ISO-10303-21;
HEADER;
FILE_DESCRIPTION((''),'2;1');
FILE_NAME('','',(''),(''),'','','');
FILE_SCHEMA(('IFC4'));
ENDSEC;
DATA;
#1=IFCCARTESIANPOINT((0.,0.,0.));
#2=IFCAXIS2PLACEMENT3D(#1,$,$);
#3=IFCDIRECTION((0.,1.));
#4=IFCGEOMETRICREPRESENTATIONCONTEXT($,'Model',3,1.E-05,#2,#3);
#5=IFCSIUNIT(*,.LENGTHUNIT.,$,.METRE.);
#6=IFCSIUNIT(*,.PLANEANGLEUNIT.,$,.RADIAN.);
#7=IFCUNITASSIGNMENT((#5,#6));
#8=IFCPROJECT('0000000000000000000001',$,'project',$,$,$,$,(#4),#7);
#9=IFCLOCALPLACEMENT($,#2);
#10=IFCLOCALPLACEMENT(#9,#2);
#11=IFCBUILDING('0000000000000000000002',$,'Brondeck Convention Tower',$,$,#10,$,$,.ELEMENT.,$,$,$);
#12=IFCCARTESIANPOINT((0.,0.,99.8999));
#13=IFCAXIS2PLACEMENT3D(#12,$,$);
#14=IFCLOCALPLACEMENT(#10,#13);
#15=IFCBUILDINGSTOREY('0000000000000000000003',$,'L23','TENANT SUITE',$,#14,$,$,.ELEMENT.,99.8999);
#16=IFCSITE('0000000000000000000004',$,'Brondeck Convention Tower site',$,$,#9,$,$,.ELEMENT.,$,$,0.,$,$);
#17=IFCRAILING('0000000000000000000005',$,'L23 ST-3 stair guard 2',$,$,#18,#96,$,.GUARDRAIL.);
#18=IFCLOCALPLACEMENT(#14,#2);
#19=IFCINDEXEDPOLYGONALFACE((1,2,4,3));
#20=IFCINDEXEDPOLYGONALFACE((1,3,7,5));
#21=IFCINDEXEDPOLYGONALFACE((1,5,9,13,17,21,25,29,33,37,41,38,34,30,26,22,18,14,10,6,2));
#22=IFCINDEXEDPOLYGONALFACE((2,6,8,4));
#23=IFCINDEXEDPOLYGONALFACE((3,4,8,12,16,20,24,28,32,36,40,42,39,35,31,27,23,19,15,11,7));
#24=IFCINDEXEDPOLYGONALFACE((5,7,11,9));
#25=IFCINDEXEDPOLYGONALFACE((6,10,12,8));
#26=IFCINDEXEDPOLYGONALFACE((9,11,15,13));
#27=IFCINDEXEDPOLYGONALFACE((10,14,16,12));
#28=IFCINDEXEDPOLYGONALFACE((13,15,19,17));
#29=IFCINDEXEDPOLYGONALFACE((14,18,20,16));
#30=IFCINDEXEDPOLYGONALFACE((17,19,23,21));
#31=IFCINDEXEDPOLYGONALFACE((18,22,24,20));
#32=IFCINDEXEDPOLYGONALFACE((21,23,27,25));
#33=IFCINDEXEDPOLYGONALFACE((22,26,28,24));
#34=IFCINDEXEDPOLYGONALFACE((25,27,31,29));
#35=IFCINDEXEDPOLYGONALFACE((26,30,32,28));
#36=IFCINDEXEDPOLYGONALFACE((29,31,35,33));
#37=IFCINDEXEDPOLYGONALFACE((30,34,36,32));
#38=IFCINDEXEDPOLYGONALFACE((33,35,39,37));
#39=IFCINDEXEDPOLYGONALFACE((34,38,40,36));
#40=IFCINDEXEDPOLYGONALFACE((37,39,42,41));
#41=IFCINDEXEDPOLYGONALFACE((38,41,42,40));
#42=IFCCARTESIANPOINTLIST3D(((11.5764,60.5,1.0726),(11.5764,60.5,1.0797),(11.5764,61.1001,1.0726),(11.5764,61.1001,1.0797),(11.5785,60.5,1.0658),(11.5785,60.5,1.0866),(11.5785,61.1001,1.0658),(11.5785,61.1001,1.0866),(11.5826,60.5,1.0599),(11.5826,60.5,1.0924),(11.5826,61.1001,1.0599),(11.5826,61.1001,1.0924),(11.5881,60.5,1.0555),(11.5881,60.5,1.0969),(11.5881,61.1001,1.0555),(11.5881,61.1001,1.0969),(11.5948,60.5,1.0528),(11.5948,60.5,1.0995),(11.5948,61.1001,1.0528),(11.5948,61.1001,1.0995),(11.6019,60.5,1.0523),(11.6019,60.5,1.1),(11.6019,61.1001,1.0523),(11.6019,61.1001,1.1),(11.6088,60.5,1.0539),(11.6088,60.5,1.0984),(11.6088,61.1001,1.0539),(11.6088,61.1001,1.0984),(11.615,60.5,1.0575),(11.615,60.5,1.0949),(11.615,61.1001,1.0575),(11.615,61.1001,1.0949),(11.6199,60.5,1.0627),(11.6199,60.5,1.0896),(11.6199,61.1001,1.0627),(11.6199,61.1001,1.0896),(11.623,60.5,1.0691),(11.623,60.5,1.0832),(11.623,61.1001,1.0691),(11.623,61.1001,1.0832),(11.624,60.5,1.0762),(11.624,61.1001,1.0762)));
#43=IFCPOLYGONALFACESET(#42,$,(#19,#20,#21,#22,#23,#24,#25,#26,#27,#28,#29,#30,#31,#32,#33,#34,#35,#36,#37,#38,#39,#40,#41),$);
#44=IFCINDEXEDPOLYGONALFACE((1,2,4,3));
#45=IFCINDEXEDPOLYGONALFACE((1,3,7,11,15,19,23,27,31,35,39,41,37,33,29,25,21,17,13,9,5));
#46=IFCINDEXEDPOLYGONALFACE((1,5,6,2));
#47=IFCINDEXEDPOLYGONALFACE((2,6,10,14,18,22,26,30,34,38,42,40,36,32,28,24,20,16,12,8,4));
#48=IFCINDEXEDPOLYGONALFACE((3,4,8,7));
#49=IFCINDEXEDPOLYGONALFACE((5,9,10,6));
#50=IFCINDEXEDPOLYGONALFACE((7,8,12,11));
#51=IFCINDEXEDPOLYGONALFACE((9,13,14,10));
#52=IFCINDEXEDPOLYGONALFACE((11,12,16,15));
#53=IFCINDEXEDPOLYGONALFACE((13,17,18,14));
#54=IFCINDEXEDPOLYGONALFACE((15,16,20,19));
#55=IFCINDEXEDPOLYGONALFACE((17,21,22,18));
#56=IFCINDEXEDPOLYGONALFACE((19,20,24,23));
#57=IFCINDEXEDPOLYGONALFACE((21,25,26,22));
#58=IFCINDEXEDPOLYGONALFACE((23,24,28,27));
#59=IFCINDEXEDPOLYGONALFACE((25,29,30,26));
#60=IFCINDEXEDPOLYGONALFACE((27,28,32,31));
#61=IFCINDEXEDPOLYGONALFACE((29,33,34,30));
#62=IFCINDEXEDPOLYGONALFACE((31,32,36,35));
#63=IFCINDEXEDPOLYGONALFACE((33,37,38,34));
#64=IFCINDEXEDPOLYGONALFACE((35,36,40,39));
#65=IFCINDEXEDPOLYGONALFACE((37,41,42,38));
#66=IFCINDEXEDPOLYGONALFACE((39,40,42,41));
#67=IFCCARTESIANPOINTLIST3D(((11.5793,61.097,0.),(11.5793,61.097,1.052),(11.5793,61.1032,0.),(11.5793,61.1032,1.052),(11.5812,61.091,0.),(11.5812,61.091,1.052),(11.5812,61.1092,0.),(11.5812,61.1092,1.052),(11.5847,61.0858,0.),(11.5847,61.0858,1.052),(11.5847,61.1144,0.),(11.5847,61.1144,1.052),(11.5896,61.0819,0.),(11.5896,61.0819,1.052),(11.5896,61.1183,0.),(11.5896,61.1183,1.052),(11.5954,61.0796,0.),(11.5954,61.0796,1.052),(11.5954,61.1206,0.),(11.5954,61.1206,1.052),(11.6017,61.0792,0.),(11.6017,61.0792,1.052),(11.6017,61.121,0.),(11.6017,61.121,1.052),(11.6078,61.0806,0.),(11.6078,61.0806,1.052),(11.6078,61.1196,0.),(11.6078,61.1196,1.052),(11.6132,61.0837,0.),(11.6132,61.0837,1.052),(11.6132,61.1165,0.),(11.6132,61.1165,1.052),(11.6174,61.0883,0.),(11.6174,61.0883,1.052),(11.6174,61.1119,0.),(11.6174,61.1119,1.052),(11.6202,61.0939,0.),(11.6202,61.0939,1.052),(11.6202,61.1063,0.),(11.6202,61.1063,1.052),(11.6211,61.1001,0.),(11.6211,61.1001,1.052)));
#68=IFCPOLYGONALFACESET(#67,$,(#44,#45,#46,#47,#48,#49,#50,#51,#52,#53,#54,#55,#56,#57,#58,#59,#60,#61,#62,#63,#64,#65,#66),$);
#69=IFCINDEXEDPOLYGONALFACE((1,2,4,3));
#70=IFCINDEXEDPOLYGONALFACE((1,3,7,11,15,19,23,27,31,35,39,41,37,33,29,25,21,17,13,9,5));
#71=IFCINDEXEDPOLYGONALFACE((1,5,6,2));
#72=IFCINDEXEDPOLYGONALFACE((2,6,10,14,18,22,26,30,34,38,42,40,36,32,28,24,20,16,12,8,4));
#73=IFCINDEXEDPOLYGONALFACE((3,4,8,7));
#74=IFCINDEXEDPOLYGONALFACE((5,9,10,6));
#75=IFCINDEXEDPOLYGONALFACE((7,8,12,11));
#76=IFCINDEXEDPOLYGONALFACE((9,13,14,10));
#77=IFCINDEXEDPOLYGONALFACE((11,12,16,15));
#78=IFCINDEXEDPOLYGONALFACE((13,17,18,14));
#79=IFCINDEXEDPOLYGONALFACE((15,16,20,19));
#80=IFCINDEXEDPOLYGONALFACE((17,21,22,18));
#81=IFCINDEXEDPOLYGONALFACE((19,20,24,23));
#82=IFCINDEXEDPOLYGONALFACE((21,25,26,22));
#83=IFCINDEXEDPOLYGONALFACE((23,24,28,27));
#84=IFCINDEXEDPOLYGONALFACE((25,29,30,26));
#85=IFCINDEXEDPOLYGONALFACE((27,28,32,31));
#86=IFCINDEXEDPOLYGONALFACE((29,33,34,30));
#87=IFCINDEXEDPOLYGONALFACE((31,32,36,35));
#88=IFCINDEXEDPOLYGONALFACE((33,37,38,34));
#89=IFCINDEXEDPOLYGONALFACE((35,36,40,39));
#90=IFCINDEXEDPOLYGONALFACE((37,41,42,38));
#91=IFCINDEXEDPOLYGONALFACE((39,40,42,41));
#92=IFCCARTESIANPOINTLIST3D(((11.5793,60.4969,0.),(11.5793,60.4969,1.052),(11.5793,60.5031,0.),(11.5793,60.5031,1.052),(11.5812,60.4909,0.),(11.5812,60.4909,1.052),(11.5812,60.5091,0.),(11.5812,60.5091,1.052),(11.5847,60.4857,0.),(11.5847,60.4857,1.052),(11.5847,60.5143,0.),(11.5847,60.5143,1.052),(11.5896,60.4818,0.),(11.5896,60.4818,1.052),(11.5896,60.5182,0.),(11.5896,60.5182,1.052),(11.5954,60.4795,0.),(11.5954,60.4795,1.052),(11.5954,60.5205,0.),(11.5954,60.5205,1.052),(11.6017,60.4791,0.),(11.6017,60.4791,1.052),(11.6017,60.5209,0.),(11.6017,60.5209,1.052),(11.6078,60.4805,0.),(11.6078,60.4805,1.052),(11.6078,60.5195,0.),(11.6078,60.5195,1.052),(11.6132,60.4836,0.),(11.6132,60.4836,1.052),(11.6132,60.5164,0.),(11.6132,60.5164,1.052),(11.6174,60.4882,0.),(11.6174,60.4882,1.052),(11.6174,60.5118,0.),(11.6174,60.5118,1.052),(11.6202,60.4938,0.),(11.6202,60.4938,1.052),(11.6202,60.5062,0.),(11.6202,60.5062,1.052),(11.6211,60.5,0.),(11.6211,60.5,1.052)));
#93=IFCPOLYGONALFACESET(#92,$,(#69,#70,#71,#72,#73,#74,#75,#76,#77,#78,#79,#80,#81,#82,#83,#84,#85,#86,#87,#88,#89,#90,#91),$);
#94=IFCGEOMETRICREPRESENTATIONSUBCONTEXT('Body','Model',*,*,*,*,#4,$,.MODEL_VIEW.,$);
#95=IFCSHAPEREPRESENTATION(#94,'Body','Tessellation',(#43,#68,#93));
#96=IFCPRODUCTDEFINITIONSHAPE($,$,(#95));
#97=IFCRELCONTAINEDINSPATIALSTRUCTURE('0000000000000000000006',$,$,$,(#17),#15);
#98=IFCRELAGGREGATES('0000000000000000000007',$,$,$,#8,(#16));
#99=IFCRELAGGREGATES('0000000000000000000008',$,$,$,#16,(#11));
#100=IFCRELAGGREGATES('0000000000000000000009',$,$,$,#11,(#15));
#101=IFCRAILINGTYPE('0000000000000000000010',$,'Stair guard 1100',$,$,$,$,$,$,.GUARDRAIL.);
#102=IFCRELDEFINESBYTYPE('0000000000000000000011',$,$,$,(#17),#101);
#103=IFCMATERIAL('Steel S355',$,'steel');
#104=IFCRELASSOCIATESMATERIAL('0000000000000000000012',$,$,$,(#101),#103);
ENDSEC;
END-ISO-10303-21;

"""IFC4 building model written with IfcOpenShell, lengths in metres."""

from ifc_helpers import new_model, si_unit, direction, frame, origin, origin_2d, place, context, subcontext, project, spatial, circle, extrude, material, type_object, element, save


model = new_model("IFC4")

# Units and contexts
model_context = context("Model", 3, precision=1e-05, world=origin(), true_north=direction((0.0, 1.0)))
body_context = subcontext(model_context, "Body", "Model", "MODEL_VIEW")
ifc_project = project(units=[si_unit("LENGTHUNIT", "METRE"), si_unit("PLANEANGLEUNIT", "RADIAN")], contexts=[model_context])

# Site, building, storey
site_placement = place(None, origin())
site = spatial("IfcSite", under=ifc_project, at=site_placement, Name="Brondeck Convention Tower site", CompositionType="ELEMENT", RefElevation=0.0)
building_placement = place(site_placement, origin())
building = spatial("IfcBuilding", under=site, at=building_placement, Name="Brondeck Convention Tower", CompositionType="ELEMENT")
storey_placement = place(building_placement, frame((0.0, 0.0, 99.8999)))
storey = spatial("IfcBuildingStorey", under=building, at=storey_placement, Name="L23", Description="TENANT SUITE", CompositionType="ELEMENT", Elevation=99.8999)

# Railing
ifc_material_1 = material(Name="Steel S355", Category="steel")
railing_type_1 = type_object("IfcRailingType", Name="Stair guard 1100", PredefinedType="GUARDRAIL", material=ifc_material_1)
railing_1_placement = place(storey_placement, frame((11.6001, 61.1001, 0.0)))
element("IfcRailing", 1, at=railing_1_placement, inside=storey, type_object=railing_type_1, Name="L23 ST-3 stair guard 2", PredefinedType="GUARDRAIL", context=body_context, shape_type="SweptSolid", body=[
    extrude(circle(Radius=0.0239, at=origin_2d()), frame((0.0, 0.0, 1.0762), z_axis=(0.0, -1.0, 0.0), x_axis=(1.0, 0.0, 0.0)), (0.0, 0.0, 1.0), 0.6001),
    extrude(circle(Radius=0.021, at=origin_2d()), origin(), (0.0, 0.0, 1.0), 1.052),
    extrude(circle(Radius=0.021, at=origin_2d()), frame((0.0, -0.6001, 0.0)), (0.0, 0.0, 1.0), 1.052),
])

save(model, "model.ifc")
